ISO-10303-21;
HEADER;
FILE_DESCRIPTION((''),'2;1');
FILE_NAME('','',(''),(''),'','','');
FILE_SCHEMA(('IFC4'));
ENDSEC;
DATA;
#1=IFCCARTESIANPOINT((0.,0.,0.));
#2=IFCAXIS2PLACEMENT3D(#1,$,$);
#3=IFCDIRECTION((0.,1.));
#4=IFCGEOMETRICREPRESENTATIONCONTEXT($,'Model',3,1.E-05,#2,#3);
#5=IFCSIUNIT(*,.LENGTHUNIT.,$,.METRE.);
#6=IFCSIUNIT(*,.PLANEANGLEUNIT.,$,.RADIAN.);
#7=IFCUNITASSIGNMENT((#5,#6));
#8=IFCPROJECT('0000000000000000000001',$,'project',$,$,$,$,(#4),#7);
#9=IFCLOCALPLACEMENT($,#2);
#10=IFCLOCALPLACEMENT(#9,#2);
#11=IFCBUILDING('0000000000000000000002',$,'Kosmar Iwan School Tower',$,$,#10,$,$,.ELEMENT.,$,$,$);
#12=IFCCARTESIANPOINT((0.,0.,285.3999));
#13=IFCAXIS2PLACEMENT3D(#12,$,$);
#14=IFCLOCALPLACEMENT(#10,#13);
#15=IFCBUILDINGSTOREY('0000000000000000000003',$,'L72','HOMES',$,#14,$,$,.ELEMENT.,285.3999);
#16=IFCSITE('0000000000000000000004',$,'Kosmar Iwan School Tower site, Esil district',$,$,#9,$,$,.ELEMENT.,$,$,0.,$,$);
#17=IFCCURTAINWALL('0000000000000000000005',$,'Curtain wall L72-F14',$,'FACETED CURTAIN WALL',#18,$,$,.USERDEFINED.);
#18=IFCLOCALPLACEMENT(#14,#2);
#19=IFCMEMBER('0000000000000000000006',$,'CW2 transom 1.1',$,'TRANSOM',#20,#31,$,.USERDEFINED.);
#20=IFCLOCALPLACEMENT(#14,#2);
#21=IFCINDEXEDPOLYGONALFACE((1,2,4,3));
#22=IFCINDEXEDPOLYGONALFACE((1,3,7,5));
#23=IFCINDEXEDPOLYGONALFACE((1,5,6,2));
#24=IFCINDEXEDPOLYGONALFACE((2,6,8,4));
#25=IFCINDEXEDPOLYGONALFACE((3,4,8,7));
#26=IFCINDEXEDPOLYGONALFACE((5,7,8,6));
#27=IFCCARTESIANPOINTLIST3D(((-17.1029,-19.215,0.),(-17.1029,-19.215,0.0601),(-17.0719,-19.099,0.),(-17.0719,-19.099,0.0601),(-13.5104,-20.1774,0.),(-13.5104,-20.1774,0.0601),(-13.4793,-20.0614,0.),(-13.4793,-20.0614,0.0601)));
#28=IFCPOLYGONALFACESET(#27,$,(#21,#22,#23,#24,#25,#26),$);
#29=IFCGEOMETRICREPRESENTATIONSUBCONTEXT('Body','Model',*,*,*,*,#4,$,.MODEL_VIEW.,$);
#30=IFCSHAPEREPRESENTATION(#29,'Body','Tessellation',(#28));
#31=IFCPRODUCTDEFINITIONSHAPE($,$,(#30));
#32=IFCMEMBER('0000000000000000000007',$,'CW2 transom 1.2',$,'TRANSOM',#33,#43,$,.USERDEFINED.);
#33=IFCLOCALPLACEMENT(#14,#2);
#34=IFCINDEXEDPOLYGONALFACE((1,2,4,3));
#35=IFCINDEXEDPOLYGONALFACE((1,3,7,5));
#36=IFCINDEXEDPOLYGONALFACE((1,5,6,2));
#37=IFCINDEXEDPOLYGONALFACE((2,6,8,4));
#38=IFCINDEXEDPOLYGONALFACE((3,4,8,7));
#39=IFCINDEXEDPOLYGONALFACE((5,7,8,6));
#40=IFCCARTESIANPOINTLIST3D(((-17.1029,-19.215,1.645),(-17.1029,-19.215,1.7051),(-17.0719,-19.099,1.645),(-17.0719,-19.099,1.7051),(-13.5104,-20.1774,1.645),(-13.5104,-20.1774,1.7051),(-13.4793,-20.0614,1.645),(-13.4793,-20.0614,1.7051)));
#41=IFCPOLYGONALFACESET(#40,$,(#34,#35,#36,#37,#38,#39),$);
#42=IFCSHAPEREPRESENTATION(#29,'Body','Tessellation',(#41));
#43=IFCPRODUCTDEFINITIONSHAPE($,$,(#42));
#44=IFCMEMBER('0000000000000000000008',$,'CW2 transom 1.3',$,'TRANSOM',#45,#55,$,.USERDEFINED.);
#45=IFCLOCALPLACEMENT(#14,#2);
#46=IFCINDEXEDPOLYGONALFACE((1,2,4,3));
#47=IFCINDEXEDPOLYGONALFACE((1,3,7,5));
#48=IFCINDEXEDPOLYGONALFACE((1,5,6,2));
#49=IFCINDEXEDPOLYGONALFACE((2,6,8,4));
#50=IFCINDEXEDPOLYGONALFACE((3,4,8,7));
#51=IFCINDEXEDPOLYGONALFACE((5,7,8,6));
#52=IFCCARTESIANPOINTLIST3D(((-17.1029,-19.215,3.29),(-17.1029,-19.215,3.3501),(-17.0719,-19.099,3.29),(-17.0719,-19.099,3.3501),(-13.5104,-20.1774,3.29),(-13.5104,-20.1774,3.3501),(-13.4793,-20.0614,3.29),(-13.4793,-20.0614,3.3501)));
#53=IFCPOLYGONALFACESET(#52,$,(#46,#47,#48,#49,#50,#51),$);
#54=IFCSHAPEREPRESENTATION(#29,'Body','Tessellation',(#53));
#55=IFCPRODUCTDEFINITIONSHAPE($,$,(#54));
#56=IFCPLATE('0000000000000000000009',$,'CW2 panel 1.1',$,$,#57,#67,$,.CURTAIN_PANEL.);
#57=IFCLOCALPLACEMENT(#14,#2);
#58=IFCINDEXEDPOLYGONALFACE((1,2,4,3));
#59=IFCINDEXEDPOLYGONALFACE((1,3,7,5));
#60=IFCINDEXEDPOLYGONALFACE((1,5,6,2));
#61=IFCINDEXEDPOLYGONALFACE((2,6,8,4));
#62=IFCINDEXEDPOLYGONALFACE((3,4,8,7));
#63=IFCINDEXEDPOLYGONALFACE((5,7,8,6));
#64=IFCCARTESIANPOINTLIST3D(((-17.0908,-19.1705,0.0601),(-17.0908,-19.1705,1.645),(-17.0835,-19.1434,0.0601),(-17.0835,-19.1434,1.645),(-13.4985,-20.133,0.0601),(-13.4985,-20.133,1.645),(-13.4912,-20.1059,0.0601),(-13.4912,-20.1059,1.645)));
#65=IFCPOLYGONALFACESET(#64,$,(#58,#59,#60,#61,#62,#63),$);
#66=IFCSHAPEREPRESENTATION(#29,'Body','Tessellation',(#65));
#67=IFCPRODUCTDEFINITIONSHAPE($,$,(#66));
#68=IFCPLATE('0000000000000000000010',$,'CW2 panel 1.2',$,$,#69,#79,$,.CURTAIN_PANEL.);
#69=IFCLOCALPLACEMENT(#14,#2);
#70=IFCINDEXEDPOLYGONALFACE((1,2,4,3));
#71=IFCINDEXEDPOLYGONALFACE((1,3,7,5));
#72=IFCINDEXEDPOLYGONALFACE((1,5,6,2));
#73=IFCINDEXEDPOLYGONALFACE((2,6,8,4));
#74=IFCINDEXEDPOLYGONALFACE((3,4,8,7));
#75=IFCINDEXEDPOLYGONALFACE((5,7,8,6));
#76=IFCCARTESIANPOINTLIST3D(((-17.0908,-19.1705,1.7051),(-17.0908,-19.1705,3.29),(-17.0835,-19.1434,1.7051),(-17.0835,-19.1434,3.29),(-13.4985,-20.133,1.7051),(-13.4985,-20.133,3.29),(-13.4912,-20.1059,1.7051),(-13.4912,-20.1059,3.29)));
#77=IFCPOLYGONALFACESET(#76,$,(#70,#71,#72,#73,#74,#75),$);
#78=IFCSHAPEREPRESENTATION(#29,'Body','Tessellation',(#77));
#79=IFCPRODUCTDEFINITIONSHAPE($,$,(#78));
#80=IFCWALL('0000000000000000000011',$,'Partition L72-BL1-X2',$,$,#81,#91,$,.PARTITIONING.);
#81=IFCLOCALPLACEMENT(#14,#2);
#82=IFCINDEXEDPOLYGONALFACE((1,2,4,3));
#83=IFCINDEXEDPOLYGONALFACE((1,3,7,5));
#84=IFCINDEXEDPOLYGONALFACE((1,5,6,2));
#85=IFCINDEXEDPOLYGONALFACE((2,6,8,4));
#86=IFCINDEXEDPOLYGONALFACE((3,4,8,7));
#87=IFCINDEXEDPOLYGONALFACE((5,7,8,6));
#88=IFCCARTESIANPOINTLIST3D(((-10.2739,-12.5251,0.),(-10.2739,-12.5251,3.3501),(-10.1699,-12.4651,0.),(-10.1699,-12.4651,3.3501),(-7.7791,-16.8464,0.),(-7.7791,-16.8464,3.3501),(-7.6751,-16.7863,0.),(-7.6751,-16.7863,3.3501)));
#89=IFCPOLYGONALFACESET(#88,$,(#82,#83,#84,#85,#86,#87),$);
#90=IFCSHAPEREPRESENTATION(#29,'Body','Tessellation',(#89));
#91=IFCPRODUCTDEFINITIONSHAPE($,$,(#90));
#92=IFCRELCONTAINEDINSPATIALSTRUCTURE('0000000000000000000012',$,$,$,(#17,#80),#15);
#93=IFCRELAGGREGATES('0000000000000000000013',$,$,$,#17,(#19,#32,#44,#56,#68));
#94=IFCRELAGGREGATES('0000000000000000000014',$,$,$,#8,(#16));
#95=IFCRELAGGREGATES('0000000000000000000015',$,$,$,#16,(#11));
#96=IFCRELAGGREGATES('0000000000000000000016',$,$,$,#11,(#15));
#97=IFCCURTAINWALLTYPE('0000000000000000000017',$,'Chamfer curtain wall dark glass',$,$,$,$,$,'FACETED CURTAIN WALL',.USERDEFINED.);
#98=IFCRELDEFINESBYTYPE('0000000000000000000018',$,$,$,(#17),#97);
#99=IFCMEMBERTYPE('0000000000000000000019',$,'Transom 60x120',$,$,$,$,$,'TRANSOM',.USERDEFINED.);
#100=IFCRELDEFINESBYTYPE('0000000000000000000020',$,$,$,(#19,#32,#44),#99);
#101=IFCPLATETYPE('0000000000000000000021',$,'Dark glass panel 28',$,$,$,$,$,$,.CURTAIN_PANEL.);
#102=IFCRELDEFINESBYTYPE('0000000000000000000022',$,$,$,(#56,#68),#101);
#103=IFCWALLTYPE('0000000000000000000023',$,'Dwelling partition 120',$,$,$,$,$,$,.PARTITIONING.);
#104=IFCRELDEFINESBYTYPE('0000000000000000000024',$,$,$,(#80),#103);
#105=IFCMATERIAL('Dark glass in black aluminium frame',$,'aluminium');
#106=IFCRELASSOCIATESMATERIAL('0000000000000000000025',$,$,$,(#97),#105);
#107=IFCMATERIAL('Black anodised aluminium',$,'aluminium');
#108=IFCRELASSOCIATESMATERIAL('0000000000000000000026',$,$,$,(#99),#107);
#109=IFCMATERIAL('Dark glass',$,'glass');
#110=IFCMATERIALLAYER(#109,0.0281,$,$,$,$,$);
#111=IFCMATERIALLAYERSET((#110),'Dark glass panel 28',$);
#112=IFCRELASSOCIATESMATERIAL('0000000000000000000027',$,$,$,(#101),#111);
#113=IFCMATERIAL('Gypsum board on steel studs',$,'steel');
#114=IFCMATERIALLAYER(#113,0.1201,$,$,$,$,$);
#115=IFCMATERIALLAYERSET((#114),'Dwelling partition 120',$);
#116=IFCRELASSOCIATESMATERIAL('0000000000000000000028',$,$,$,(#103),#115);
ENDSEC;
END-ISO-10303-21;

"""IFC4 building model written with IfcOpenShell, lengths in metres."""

from ifc_helpers import new_model, si_unit, direction, frame, frame_2d, origin, origin_2d, place, context, subcontext, project, spatial, rectangle, extrude, material, layer, layer_set, material_profile, profile_set, type_object, element, aggregate, save


model = new_model("IFC4")

# Units and contexts
model_context = context("Model", 3, precision=1e-05, world=origin(), true_north=direction((0.0, 1.0)))
body_context = subcontext(model_context, "Body", "Model", "MODEL_VIEW")
ifc_project = project(units=[si_unit("LENGTHUNIT", "METRE"), si_unit("PLANEANGLEUNIT", "RADIAN")], contexts=[model_context])

# Site, building, storey
site_placement = place(None, origin())
site = spatial("IfcSite", under=ifc_project, at=site_placement, Name="Kosmar Iwan School Tower site, Esil district", CompositionType="ELEMENT", RefElevation=0.0)
building_placement = place(site_placement, origin())
building = spatial("IfcBuilding", under=site, at=building_placement, Name="Kosmar Iwan School Tower", CompositionType="ELEMENT")
storey_placement = place(building_placement, frame((0.0, 0.0, 285.3999)))
storey = spatial("IfcBuildingStorey", under=building, at=storey_placement, Name="L72", Description="HOMES", CompositionType="ELEMENT", Elevation=285.3999)

# Curtain wall
ifc_material_1 = material(Name="Dark glass in black aluminium frame", Category="aluminium")
curtain_wall_type = type_object("IfcCurtainWallType", Name="Chamfer curtain wall dark glass", ElementType="FACETED CURTAIN WALL", PredefinedType="USERDEFINED", material=ifc_material_1)
curtain_wall_placement = place(storey_placement, origin())
curtain_wall = element("IfcCurtainWall", 1, at=curtain_wall_placement, inside=storey, type_object=curtain_wall_type, Name="Curtain wall L72-F14", ObjectType="FACETED CURTAIN WALL", PredefinedType="USERDEFINED")

# Members
ifc_material_2 = material(Name="Black anodised aluminium", Category="aluminium")
ifc_material_profile_1 = material_profile(ifc_material_2, rectangle(XDim=0.1201, YDim=0.0601, at=origin_2d()), Name="TRANSOM 60x120")
ifc_profile_set_1 = profile_set([ifc_material_profile_1], Name="Black anodised aluminium")
member_type_1 = type_object("IfcMemberType", Name="Transom 60x120", ElementType="TRANSOM", PredefinedType="USERDEFINED", material=ifc_profile_set_1)
member_1_placement = place(storey_placement, frame((-17.0874, -19.157, 0.03), z_axis=(0.96594, -0.258766, 0.0), x_axis=(0.258766, 0.96594, 0.0)))
member_1 = element("IfcMember", 2, at=member_1_placement, type_object=member_type_1, Name="CW2 transom 1.1", ObjectType="TRANSOM", PredefinedType="USERDEFINED", context=body_context, shape_type="SweptSolid", body=[
    extrude(rectangle(XDim=0.1201, YDim=0.0601, at=origin_2d()), origin(), (0.0, 0.0, 1.0), 3.7192),
])
member_2_placement = place(storey_placement, frame((-17.0874, -19.157, 1.675), z_axis=(0.96594, -0.258766, 0.0), x_axis=(0.258766, 0.96594, 0.0)))
member_2 = element("IfcMember", 3, at=member_2_placement, type_object=member_type_1, Name="CW2 transom 1.2", ObjectType="TRANSOM", PredefinedType="USERDEFINED", context=body_context, shape_type="SweptSolid", body=[
    extrude(rectangle(XDim=0.1201, YDim=0.0601, at=origin_2d()), origin(), (0.0, 0.0, 1.0), 3.7192),
])
member_3_placement = place(storey_placement, frame((-17.0874, -19.157, 3.3201), z_axis=(0.96594, -0.258766, 0.0), x_axis=(0.258766, 0.96594, 0.0)))
member_3 = element("IfcMember", 4, at=member_3_placement, type_object=member_type_1, Name="CW2 transom 1.3", ObjectType="TRANSOM", PredefinedType="USERDEFINED", context=body_context, shape_type="SweptSolid", body=[
    extrude(rectangle(XDim=0.1201, YDim=0.0601, at=origin_2d()), origin(), (0.0, 0.0, 1.0), 3.7192),
])

# Plates
ifc_material_3 = material(Name="Dark glass", Category="glass")
ifc_layer_1 = layer(ifc_material_3, 0.0281)
ifc_layer_set_1 = layer_set([ifc_layer_1], Name="Dark glass panel 28")
plate_type = type_object("IfcPlateType", Name="Dark glass panel 28", PredefinedType="CURTAIN_PANEL", material=ifc_layer_set_1)
plate_1_placement = place(storey_placement, frame((-15.291, -19.6382, 0.0601), z_axis=(0.0, 0.0, 1.0), x_axis=(0.965926, -0.258819, 0.0)))
plate_1 = element("IfcPlate", 5, at=plate_1_placement, type_object=plate_type, Name="CW2 panel 1.1", PredefinedType="CURTAIN_PANEL", context=body_context, shape_type="SweptSolid", body=[
    extrude(rectangle(XDim=3.719, YDim=0.0281, at=origin_2d()), origin(), (0.0, 0.0, 1.0), 1.585),
])
plate_2_placement = place(storey_placement, frame((-15.291, -19.6382, 1.7051), z_axis=(0.0, 0.0, 1.0), x_axis=(0.965926, -0.258819, 0.0)))
plate_2 = element("IfcPlate", 6, at=plate_2_placement, type_object=plate_type, Name="CW2 panel 1.2", PredefinedType="CURTAIN_PANEL", context=body_context, shape_type="SweptSolid", body=[
    extrude(rectangle(XDim=3.719, YDim=0.0281, at=origin_2d()), origin(), (0.0, 0.0, 1.0), 1.585),
])
aggregate(curtain_wall, [member_1, member_2, member_3, plate_1, plate_2])

# Wall
ifc_material_4 = material(Name="Gypsum board on steel studs", Category="steel")
ifc_layer_2 = layer(ifc_material_4, 0.1201)
ifc_layer_set_2 = layer_set([ifc_layer_2], Name="Dwelling partition 120")
wall_type = type_object("IfcWallType", Name="Dwelling partition 120", PredefinedType="PARTITIONING", material=ifc_layer_set_2)
wall_placement = place(storey_placement, frame((-10.2219, -12.4951, 0.0), z_axis=(0.0, 0.0, 1.0), x_axis=(0.499996, -0.866028, 0.0)))
element("IfcWall", 7, at=wall_placement, inside=storey, type_object=wall_type, Name="Partition L72-BL1-X2", PredefinedType="PARTITIONING", context=body_context, shape_type="SweptSolid", body=[
    extrude(rectangle(XDim=4.9897, YDim=0.1201, at=frame_2d((2.4949, 0.0))), origin(), (0.0, 0.0, 1.0), 3.3501),
])

save(model, "model.ifc")
